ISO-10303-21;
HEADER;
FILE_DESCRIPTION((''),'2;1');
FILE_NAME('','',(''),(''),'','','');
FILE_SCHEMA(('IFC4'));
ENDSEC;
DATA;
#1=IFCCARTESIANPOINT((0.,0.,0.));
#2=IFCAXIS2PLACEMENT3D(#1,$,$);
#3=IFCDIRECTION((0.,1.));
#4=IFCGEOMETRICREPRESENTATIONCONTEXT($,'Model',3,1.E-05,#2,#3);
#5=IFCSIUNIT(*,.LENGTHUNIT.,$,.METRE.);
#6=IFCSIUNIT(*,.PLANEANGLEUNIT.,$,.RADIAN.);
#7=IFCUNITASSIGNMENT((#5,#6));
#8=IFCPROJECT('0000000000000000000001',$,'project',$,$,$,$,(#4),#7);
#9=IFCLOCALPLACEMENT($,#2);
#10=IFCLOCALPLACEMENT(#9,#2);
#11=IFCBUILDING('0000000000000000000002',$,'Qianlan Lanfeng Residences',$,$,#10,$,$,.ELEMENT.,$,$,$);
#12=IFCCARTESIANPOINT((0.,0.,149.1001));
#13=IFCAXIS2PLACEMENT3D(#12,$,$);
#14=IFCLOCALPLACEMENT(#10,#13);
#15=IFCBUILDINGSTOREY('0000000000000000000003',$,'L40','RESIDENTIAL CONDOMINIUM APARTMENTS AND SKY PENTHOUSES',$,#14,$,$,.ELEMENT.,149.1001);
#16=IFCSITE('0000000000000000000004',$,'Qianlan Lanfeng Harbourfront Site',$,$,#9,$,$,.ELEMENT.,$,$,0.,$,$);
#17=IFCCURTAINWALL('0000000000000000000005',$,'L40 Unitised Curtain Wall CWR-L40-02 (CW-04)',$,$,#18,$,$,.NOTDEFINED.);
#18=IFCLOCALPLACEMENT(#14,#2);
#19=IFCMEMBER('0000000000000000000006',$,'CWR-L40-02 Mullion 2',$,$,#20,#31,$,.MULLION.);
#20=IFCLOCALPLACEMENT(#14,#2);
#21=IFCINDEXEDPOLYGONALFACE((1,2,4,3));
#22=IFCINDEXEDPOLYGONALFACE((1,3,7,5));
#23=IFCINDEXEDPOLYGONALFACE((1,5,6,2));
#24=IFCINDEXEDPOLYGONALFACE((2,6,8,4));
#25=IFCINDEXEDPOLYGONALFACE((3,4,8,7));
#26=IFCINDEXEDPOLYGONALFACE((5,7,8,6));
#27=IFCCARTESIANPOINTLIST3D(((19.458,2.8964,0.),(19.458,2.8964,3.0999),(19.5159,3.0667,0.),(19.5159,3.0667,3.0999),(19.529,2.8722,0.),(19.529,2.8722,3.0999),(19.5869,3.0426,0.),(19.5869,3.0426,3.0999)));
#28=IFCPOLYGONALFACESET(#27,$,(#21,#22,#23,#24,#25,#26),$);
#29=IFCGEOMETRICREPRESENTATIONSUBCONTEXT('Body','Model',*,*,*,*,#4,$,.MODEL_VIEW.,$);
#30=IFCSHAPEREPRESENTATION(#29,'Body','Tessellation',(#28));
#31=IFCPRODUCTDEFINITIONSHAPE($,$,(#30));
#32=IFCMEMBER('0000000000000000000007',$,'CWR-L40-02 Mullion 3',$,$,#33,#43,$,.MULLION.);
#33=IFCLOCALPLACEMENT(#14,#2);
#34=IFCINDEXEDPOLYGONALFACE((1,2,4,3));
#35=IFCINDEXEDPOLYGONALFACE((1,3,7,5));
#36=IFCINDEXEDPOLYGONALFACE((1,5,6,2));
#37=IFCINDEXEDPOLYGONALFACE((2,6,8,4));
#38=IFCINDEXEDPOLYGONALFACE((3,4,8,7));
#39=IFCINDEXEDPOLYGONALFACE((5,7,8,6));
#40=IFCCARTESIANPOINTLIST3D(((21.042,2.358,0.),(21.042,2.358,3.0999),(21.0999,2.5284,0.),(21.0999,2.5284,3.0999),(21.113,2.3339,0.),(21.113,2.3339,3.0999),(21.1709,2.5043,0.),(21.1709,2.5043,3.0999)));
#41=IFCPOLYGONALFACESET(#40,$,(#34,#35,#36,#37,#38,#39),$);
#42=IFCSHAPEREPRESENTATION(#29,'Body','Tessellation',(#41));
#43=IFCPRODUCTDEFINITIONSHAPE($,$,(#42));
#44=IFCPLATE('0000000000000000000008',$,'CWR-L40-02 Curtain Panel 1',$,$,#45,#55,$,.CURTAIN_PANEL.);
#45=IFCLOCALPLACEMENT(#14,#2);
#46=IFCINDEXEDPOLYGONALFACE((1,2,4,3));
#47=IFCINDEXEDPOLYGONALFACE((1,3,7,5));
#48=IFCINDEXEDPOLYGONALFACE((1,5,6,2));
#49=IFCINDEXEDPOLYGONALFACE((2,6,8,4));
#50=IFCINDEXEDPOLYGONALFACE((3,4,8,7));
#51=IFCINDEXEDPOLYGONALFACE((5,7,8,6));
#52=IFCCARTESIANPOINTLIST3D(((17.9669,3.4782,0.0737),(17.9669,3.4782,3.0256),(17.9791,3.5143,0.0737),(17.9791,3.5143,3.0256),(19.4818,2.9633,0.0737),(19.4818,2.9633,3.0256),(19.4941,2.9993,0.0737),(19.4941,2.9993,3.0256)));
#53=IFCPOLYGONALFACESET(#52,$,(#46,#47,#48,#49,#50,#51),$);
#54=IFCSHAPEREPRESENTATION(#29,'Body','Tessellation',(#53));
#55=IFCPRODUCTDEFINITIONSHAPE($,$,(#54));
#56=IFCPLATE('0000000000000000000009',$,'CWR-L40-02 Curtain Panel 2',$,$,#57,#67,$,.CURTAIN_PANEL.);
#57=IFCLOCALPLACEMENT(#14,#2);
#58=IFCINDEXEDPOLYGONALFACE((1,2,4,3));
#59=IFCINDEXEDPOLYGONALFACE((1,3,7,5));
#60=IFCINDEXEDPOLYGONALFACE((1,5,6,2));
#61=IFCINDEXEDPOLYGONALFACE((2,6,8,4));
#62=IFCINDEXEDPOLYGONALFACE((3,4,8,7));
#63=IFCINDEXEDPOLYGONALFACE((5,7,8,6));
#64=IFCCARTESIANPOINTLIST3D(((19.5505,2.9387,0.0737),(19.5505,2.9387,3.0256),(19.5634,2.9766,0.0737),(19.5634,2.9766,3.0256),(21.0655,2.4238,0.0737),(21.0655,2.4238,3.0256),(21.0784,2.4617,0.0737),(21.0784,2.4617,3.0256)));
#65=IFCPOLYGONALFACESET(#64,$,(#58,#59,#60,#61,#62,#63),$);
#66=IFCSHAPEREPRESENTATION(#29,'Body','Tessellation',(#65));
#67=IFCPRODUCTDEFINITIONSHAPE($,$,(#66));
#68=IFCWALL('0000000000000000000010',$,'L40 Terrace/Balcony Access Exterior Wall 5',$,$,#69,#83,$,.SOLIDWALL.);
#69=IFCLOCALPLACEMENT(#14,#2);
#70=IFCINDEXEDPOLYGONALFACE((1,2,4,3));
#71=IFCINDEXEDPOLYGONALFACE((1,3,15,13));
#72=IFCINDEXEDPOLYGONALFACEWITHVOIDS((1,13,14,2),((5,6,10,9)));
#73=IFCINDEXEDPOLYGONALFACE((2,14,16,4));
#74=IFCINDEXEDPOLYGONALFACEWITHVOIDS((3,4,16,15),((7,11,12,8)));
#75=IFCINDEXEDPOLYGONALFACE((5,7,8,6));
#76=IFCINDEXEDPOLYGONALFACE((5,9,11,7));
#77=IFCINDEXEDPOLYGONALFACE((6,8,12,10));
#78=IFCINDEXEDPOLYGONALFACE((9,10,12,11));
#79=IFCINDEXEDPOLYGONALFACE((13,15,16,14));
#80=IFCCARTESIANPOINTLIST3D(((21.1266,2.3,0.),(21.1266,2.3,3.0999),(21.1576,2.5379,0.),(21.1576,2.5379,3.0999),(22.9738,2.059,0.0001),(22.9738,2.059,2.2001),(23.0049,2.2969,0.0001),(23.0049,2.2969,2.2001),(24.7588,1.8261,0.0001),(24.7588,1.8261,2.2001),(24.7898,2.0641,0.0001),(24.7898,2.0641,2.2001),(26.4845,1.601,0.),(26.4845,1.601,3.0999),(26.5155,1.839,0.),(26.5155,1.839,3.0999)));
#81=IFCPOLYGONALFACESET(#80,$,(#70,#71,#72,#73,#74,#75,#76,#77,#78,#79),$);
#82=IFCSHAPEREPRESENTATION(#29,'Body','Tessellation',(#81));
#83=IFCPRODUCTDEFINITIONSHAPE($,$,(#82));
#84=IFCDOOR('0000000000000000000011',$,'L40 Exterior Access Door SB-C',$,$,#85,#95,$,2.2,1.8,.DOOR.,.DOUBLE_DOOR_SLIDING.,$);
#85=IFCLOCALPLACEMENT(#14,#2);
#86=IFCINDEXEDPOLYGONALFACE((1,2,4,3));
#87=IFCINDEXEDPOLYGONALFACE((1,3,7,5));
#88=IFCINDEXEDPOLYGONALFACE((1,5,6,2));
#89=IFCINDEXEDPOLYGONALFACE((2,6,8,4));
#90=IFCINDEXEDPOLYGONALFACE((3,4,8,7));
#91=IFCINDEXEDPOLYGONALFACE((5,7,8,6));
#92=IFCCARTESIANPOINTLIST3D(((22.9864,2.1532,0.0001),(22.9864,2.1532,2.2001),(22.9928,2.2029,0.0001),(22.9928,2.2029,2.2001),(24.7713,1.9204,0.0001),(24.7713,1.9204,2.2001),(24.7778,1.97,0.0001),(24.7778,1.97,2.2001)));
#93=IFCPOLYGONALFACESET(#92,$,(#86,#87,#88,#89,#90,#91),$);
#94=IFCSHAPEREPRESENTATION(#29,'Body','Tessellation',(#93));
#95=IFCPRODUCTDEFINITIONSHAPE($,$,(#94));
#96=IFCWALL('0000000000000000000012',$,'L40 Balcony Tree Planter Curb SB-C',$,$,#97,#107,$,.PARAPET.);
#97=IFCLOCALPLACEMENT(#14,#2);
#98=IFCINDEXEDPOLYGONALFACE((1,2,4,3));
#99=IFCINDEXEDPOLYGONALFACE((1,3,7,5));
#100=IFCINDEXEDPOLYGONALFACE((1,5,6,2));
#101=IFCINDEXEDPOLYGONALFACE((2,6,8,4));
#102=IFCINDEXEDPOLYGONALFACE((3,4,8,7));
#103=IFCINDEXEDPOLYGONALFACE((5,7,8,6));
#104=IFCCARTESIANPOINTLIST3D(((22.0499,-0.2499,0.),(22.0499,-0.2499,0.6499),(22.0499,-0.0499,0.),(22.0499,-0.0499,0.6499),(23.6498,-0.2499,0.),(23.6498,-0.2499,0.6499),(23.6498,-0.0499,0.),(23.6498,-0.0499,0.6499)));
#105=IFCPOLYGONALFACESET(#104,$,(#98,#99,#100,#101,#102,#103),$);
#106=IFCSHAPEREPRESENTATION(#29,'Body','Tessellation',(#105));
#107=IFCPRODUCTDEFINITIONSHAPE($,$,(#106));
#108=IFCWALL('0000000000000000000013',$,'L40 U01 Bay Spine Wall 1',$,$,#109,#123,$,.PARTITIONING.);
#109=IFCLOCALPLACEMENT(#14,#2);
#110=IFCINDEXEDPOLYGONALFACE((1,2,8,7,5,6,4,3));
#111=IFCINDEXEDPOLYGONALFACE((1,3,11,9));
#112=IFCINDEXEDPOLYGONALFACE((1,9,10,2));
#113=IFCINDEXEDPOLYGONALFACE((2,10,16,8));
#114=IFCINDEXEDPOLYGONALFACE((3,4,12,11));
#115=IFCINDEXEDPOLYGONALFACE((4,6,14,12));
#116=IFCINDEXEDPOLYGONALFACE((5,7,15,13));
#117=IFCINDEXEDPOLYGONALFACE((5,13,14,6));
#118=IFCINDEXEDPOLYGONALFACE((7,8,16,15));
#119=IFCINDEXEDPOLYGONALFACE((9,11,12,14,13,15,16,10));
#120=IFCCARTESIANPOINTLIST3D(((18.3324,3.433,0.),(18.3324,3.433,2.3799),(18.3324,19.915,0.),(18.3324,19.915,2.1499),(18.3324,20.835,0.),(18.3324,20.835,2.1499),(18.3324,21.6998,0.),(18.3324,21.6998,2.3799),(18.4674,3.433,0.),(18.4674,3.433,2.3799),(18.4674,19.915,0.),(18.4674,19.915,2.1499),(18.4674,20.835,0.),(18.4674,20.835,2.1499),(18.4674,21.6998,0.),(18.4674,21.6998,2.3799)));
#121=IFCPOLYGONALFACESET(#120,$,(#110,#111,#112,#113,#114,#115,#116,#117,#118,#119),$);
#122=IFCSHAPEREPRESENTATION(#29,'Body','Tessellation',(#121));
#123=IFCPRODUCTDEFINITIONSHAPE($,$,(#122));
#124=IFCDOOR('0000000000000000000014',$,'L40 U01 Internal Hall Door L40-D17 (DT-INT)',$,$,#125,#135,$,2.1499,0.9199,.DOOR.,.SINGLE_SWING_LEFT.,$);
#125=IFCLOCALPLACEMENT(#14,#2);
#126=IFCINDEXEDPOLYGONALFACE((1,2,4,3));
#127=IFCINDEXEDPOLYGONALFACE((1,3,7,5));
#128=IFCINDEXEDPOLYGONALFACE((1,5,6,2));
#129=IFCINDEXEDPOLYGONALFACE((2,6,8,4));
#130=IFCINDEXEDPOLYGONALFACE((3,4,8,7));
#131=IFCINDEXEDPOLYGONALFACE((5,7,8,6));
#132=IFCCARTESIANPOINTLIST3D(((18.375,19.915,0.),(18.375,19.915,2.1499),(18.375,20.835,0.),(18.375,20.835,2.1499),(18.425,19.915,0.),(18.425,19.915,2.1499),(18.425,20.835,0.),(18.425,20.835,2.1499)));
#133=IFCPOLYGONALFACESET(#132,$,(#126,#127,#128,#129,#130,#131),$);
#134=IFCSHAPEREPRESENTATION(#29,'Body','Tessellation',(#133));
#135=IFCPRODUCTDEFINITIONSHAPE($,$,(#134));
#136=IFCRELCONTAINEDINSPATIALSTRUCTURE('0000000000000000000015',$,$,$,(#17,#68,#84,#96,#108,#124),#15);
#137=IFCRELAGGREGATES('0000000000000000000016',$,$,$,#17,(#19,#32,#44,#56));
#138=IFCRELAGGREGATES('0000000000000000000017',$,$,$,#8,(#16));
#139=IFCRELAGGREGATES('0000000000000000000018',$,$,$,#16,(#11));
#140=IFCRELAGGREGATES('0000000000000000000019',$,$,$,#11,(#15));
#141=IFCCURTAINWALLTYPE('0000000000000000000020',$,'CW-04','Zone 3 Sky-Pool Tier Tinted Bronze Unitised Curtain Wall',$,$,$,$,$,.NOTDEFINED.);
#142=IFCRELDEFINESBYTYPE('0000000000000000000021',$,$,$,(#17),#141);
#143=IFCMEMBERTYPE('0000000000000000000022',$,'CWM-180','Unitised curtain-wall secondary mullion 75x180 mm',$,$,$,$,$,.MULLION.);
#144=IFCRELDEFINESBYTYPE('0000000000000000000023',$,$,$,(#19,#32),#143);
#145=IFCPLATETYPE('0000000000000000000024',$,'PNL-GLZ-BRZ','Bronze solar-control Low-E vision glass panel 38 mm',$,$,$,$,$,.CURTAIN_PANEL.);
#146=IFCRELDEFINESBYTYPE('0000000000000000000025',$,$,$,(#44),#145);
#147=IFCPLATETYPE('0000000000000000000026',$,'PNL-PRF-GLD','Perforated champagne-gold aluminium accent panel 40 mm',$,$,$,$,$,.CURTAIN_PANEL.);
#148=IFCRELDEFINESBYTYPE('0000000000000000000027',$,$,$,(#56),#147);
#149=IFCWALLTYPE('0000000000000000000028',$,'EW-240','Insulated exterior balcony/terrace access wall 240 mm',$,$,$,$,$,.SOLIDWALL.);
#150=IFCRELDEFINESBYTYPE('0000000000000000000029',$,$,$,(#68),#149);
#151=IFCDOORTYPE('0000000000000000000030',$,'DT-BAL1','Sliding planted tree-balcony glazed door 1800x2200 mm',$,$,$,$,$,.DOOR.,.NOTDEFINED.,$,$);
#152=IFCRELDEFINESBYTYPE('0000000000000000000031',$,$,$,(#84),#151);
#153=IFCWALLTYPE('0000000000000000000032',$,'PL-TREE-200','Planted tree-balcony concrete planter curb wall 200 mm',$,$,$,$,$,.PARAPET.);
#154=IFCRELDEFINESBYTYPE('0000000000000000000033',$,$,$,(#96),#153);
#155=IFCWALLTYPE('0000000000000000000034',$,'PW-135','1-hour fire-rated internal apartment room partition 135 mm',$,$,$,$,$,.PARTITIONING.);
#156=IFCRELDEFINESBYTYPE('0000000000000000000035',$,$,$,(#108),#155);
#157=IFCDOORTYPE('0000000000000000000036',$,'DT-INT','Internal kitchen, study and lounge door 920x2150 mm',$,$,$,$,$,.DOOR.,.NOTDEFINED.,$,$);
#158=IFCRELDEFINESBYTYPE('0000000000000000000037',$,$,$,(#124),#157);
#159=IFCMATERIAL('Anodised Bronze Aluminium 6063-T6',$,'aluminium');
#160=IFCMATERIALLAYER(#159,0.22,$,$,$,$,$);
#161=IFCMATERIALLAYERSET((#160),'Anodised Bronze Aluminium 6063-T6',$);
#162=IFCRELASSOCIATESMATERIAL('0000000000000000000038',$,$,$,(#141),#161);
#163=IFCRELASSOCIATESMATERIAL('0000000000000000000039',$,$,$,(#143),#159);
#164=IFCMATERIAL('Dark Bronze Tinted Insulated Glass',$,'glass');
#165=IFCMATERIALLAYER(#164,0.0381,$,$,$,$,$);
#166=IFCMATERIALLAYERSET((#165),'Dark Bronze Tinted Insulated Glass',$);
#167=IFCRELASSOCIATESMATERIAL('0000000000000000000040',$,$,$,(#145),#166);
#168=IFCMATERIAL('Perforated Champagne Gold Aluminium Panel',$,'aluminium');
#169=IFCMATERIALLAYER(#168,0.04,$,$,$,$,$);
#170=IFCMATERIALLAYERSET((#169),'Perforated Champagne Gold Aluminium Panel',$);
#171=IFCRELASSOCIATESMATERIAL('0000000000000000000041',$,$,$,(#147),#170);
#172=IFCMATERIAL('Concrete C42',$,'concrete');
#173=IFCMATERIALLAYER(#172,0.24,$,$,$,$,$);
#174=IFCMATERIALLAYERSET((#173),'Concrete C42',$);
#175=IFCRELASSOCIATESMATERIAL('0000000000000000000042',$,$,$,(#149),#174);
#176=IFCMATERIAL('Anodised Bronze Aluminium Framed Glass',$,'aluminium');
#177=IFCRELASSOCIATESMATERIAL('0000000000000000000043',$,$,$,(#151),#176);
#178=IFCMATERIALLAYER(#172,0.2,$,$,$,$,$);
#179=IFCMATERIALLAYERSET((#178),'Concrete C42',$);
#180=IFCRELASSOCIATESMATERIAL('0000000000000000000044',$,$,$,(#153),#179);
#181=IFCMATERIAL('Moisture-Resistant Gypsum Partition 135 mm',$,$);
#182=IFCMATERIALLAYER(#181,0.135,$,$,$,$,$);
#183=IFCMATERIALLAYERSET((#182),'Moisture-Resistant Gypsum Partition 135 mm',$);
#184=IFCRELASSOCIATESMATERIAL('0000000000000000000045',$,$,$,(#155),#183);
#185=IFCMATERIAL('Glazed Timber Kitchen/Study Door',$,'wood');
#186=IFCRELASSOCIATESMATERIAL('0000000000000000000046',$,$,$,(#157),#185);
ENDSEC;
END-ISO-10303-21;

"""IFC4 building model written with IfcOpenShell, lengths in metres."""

from ifc_helpers import new_model, si_unit, direction, frame, frame_2d, origin, origin_2d, place, context, subcontext, project, spatial, rectangle, extrude, source, transform, mapped, material, layer, layer_set, material_profile, profile_set, type_object, element, fill, aggregate, save


model = new_model("IFC4")

# Units and contexts
model_context = context("Model", 3, precision=1e-05, world=origin(), true_north=direction((0.0, 1.0)))
body_context = subcontext(model_context, "Body", "Model", "MODEL_VIEW")
ifc_project = project(units=[si_unit("LENGTHUNIT", "METRE"), si_unit("PLANEANGLEUNIT", "RADIAN")], contexts=[model_context])

# Site, building, storey
site_placement = place(None, origin())
site = spatial("IfcSite", under=ifc_project, at=site_placement, Name="Qianlan Lanfeng Harbourfront Site", CompositionType="ELEMENT", RefElevation=0.0)
building_placement = place(site_placement, origin())
building = spatial("IfcBuilding", under=site, at=building_placement, Name="Qianlan Lanfeng Residences", CompositionType="ELEMENT")
storey_placement = place(building_placement, frame((0.0, 0.0, 149.1001)))
storey = spatial("IfcBuildingStorey", under=building, at=storey_placement, Name="L40", Description="RESIDENTIAL CONDOMINIUM APARTMENTS AND SKY PENTHOUSES", CompositionType="ELEMENT", Elevation=149.1001)

# Curtain wall
ifc_material_1 = material(Name="Anodised Bronze Aluminium 6063-T6", Category="aluminium")
ifc_layer_1 = layer(ifc_material_1, 0.22)
ifc_layer_set_1 = layer_set([ifc_layer_1], Name="Anodised Bronze Aluminium 6063-T6")
curtain_wall_type = type_object("IfcCurtainWallType", Name="CW-04", Description="Zone 3 Sky-Pool Tier Tinted Bronze Unitised Curtain Wall", PredefinedType="NOTDEFINED", material=ifc_layer_set_1)
curtain_wall_1_placement = place(storey_placement, origin())
curtain_wall_1 = element("IfcCurtainWall", 1, at=curtain_wall_1_placement, inside=storey, type_object=curtain_wall_type, Name="L40 Unitised Curtain Wall CWR-L40-02 (CW-04)", PredefinedType="NOTDEFINED")

# Shared definitions
ifc_material_profile_1 = material_profile(ifc_material_1, rectangle(XDim=0.075, YDim=0.1799, at=origin_2d()), Name="ALU MULLION 75x180")
ifc_profile_set_1 = profile_set([ifc_material_profile_1], Name="Anodised Bronze Aluminium 6063-T6")
member_type_1 = type_object("IfcMemberType", Name="CWM-180", Description="Unitised curtain-wall secondary mullion 75x180 mm", PredefinedType="MULLION", material=ifc_profile_set_1)
shared_shape_1 = source(origin(), body_context, "Body", "SweptSolid", [
    extrude(rectangle(XDim=0.075, YDim=0.1799, at=origin_2d()), origin(), (0.0, 0.0, 1.0), 3.0999),
])

# Members
member_1_placement = place(storey_placement, frame((19.5225, 2.9695, 0.0), z_axis=(0.0, 0.0, 1.0), x_axis=(0.946796, -0.321834, 0.0)))
member_1 = element("IfcMember", 2, at=member_1_placement, type_object=member_type_1, Name="CWR-L40-02 Mullion 2", PredefinedType="MULLION", context=body_context, shape_type="MappedRepresentation", body=[
    mapped(shared_shape_1, transform((0.0, 0.0, 0.0), scale=1.0)),
])
member_2_placement = place(storey_placement, frame((21.1064, 2.4312, 0.0), z_axis=(0.0, 0.0, 1.0), x_axis=(0.946796, -0.321834, 0.0)))
member_2 = element("IfcMember", 3, at=member_2_placement, type_object=member_type_1, Name="CWR-L40-02 Mullion 3", PredefinedType="MULLION", context=body_context, shape_type="MappedRepresentation", body=[
    mapped(shared_shape_1, transform((0.0, 0.0, 0.0), scale=1.0)),
])

# Plates
ifc_material_2 = material(Name="Dark Bronze Tinted Insulated Glass", Category="glass")
ifc_layer_2 = layer(ifc_material_2, 0.0381)
ifc_layer_set_2 = layer_set([ifc_layer_2], Name="Dark Bronze Tinted Insulated Glass")
plate_type_1 = type_object("IfcPlateType", Name="PNL-GLZ-BRZ", Description="Bronze solar-control Low-E vision glass panel 38 mm", PredefinedType="CURTAIN_PANEL", material=ifc_layer_set_2)
shared_shape_2 = source(origin(), body_context, "Body", "SweptSolid", [
    extrude(rectangle(XDim=1.6001, YDim=0.0381, at=origin_2d()), origin(), (0.0, 0.0, 1.0), 2.9519),
])
plate_1_placement = place(storey_placement, frame((18.7305, 3.2388, 0.0737), z_axis=(0.0, 0.0, 1.0), x_axis=(0.946796, -0.321834, 0.0)))
plate_1 = element("IfcPlate", 4, at=plate_1_placement, type_object=plate_type_1, Name="CWR-L40-02 Curtain Panel 1", PredefinedType="CURTAIN_PANEL", context=body_context, shape_type="MappedRepresentation", body=[
    mapped(shared_shape_2, transform((0.0, 0.0, 0.0), scale=1.0)),
])
ifc_material_3 = material(Name="Perforated Champagne Gold Aluminium Panel", Category="aluminium")
ifc_layer_3 = layer(ifc_material_3, 0.04)
ifc_layer_set_3 = layer_set([ifc_layer_3], Name="Perforated Champagne Gold Aluminium Panel")
plate_type_2 = type_object("IfcPlateType", Name="PNL-PRF-GLD", Description="Perforated champagne-gold aluminium accent panel 40 mm", PredefinedType="CURTAIN_PANEL", material=ifc_layer_set_3)
shared_shape_3 = source(origin(), body_context, "Body", "SweptSolid", [
    extrude(rectangle(XDim=1.6001, YDim=0.04, at=origin_2d()), origin(), (0.0, 0.0, 1.0), 2.9519),
])
plate_2_placement = place(storey_placement, frame((20.3145, 2.7002, 0.0737), z_axis=(0.0, 0.0, 1.0), x_axis=(0.946796, -0.321834, 0.0)))
plate_2 = element("IfcPlate", 5, at=plate_2_placement, type_object=plate_type_2, Name="CWR-L40-02 Curtain Panel 2", PredefinedType="CURTAIN_PANEL", context=body_context, shape_type="MappedRepresentation", body=[
    mapped(shared_shape_3, transform((0.0, 0.0, 0.0), scale=1.0)),
])
aggregate(curtain_wall_1, [member_1, member_2, plate_1, plate_2])

# Wall, opening, door
ifc_material_4 = material(Name="Concrete C42", Category="concrete")
ifc_layer_4 = layer(ifc_material_4, 0.24)
ifc_layer_set_4 = layer_set([ifc_layer_4], Name="Concrete C42")
wall_type_1 = type_object("IfcWallType", Name="EW-240", Description="Insulated exterior balcony/terrace access wall 240 mm", PredefinedType="SOLIDWALL", material=ifc_layer_set_4)
wall_1_placement = place(storey_placement, frame((21.1421, 2.4189, 0.0), z_axis=(0.0, 0.0, 1.0), x_axis=(0.991598, -0.12936, 0.0)))
wall_1 = element("IfcWall", 6, at=wall_1_placement, inside=storey, type_object=wall_type_1, Name="L40 Terrace/Balcony Access Exterior Wall 5", PredefinedType="SOLIDWALL", context=body_context, shape_type="SweptSolid", body=[
    extrude(rectangle(XDim=5.4033, YDim=0.24, at=frame_2d((2.7017, 0.0))), origin(), (0.0, 0.0, 1.0), 3.0999),
])
opening_1_placement = place(wall_1_placement, frame((1.863, 0.0, 0.0)))
opening_1 = element("IfcOpeningElement", 7, at=opening_1_placement, cuts=wall_1, PredefinedType="OPENING", context=body_context, shape_type="SweptSolid", body=[
    extrude(rectangle(XDim=1.8, YDim=2.2, at=frame_2d((0.8999, 1.1001))), frame((0.0, 0.1299, 0.0), z_axis=(0.0, -1.0, 0.0), x_axis=(1.0, 0.0, 0.0)), (0.0, 0.0, 1.0), 0.26),
])
ifc_material_5 = material(Name="Anodised Bronze Aluminium Framed Glass", Category="aluminium")
door_type_1 = type_object("IfcDoorType", Name="DT-BAL1", Description="Sliding planted tree-balcony glazed door 1800x2200 mm", OperationType="NOTDEFINED", PredefinedType="DOOR", material=ifc_material_5)
door_1_placement = place(opening_1_placement, frame((1.8, 0.0, 0.0), z_axis=(0.0, 0.0, 1.0), x_axis=(-1.0, 0.0, 0.0)))
door_1 = element("IfcDoor", 8, at=door_1_placement, inside=storey, type_object=door_type_1, Name="L40 Exterior Access Door SB-C", OperationType="DOUBLE_DOOR_SLIDING", OverallHeight=2.2, OverallWidth=1.8, PredefinedType="DOOR", context=body_context, shape_type="SweptSolid", body=[
    extrude(rectangle(XDim=1.8, YDim=2.2, at=frame_2d((0.8999, 1.1001))), frame((0.0, 0.0249, 0.0), z_axis=(0.0, -1.0, 0.0), x_axis=(1.0, 0.0, 0.0)), (0.0, 0.0, 1.0), 0.05),
])
fill(opening_1, door_1)

# Wall
ifc_layer_5 = layer(ifc_material_4, 0.2)
ifc_layer_set_5 = layer_set([ifc_layer_5], Name="Concrete C42")
wall_type_2 = type_object("IfcWallType", Name="PL-TREE-200", Description="Planted tree-balcony concrete planter curb wall 200 mm", PredefinedType="PARAPET", material=ifc_layer_set_5)
wall_2_placement = place(storey_placement, frame((22.05, -0.1499, 0.0), z_axis=(0.0, 0.0, 1.0), x_axis=(1.0, 0.0, 0.0)))
element("IfcWall", 9, at=wall_2_placement, inside=storey, type_object=wall_type_2, Name="L40 Balcony Tree Planter Curb SB-C", PredefinedType="PARAPET", context=body_context, shape_type="SweptSolid", body=[
    extrude(rectangle(XDim=1.5999, YDim=0.2, at=frame_2d((0.7998, 0.0))), origin(), (0.0, 0.0, 1.0), 0.6499),
])

# Wall, opening, door
ifc_material_6 = material(Name="Moisture-Resistant Gypsum Partition 135 mm")
ifc_layer_6 = layer(ifc_material_6, 0.135)
ifc_layer_set_6 = layer_set([ifc_layer_6], Name="Moisture-Resistant Gypsum Partition 135 mm")
wall_type_3 = type_object("IfcWallType", Name="PW-135", Description="1-hour fire-rated internal apartment room partition 135 mm", PredefinedType="PARTITIONING", material=ifc_layer_set_6)
wall_3_placement = place(storey_placement, frame((18.3999, 3.4331, 0.0), z_axis=(0.0, 0.0, 1.0), x_axis=(0.0, 1.0, 0.0)))
wall_3 = element("IfcWall", 10, at=wall_3_placement, inside=storey, type_object=wall_type_3, Name="L40 U01 Bay Spine Wall 1", PredefinedType="PARTITIONING", context=body_context, shape_type="SweptSolid", body=[
    extrude(rectangle(XDim=18.2668, YDim=0.135, at=frame_2d((9.1333, 0.0))), origin(), (0.0, 0.0, 1.0), 2.3799),
])
opening_2_placement = place(wall_3_placement, frame((16.4819, 0.0, 0.0)))
opening_2 = element("IfcOpeningElement", 11, at=opening_2_placement, cuts=wall_3, PredefinedType="OPENING", context=body_context, shape_type="SweptSolid", body=[
    extrude(rectangle(XDim=0.9199, YDim=2.1499, at=frame_2d((0.46, 1.075))), frame((0.0, 0.0776, 0.0), z_axis=(0.0, -1.0, 0.0), x_axis=(1.0, 0.0, 0.0)), (0.0, 0.0, 1.0), 0.155),
])
ifc_material_7 = material(Name="Glazed Timber Kitchen/Study Door", Category="wood")
door_type_2 = type_object("IfcDoorType", Name="DT-INT", Description="Internal kitchen, study and lounge door 920x2150 mm", OperationType="NOTDEFINED", PredefinedType="DOOR", material=ifc_material_7)
door_2_placement = place(opening_2_placement, origin())
door_2 = element("IfcDoor", 12, at=door_2_placement, inside=storey, type_object=door_type_2, Name="L40 U01 Internal Hall Door L40-D17 (DT-INT)", OperationType="SINGLE_SWING_LEFT", OverallHeight=2.1499, OverallWidth=0.9199, PredefinedType="DOOR", context=body_context, shape_type="SweptSolid", body=[
    extrude(rectangle(XDim=0.9199, YDim=2.1499, at=frame_2d((0.46, 1.075))), frame((0.0, 0.0249, 0.0), z_axis=(0.0, -1.0, 0.0), x_axis=(1.0, 0.0, 0.0)), (0.0, 0.0, 1.0), 0.05),
])
fill(opening_2, door_2)

save(model, "model.ifc")
